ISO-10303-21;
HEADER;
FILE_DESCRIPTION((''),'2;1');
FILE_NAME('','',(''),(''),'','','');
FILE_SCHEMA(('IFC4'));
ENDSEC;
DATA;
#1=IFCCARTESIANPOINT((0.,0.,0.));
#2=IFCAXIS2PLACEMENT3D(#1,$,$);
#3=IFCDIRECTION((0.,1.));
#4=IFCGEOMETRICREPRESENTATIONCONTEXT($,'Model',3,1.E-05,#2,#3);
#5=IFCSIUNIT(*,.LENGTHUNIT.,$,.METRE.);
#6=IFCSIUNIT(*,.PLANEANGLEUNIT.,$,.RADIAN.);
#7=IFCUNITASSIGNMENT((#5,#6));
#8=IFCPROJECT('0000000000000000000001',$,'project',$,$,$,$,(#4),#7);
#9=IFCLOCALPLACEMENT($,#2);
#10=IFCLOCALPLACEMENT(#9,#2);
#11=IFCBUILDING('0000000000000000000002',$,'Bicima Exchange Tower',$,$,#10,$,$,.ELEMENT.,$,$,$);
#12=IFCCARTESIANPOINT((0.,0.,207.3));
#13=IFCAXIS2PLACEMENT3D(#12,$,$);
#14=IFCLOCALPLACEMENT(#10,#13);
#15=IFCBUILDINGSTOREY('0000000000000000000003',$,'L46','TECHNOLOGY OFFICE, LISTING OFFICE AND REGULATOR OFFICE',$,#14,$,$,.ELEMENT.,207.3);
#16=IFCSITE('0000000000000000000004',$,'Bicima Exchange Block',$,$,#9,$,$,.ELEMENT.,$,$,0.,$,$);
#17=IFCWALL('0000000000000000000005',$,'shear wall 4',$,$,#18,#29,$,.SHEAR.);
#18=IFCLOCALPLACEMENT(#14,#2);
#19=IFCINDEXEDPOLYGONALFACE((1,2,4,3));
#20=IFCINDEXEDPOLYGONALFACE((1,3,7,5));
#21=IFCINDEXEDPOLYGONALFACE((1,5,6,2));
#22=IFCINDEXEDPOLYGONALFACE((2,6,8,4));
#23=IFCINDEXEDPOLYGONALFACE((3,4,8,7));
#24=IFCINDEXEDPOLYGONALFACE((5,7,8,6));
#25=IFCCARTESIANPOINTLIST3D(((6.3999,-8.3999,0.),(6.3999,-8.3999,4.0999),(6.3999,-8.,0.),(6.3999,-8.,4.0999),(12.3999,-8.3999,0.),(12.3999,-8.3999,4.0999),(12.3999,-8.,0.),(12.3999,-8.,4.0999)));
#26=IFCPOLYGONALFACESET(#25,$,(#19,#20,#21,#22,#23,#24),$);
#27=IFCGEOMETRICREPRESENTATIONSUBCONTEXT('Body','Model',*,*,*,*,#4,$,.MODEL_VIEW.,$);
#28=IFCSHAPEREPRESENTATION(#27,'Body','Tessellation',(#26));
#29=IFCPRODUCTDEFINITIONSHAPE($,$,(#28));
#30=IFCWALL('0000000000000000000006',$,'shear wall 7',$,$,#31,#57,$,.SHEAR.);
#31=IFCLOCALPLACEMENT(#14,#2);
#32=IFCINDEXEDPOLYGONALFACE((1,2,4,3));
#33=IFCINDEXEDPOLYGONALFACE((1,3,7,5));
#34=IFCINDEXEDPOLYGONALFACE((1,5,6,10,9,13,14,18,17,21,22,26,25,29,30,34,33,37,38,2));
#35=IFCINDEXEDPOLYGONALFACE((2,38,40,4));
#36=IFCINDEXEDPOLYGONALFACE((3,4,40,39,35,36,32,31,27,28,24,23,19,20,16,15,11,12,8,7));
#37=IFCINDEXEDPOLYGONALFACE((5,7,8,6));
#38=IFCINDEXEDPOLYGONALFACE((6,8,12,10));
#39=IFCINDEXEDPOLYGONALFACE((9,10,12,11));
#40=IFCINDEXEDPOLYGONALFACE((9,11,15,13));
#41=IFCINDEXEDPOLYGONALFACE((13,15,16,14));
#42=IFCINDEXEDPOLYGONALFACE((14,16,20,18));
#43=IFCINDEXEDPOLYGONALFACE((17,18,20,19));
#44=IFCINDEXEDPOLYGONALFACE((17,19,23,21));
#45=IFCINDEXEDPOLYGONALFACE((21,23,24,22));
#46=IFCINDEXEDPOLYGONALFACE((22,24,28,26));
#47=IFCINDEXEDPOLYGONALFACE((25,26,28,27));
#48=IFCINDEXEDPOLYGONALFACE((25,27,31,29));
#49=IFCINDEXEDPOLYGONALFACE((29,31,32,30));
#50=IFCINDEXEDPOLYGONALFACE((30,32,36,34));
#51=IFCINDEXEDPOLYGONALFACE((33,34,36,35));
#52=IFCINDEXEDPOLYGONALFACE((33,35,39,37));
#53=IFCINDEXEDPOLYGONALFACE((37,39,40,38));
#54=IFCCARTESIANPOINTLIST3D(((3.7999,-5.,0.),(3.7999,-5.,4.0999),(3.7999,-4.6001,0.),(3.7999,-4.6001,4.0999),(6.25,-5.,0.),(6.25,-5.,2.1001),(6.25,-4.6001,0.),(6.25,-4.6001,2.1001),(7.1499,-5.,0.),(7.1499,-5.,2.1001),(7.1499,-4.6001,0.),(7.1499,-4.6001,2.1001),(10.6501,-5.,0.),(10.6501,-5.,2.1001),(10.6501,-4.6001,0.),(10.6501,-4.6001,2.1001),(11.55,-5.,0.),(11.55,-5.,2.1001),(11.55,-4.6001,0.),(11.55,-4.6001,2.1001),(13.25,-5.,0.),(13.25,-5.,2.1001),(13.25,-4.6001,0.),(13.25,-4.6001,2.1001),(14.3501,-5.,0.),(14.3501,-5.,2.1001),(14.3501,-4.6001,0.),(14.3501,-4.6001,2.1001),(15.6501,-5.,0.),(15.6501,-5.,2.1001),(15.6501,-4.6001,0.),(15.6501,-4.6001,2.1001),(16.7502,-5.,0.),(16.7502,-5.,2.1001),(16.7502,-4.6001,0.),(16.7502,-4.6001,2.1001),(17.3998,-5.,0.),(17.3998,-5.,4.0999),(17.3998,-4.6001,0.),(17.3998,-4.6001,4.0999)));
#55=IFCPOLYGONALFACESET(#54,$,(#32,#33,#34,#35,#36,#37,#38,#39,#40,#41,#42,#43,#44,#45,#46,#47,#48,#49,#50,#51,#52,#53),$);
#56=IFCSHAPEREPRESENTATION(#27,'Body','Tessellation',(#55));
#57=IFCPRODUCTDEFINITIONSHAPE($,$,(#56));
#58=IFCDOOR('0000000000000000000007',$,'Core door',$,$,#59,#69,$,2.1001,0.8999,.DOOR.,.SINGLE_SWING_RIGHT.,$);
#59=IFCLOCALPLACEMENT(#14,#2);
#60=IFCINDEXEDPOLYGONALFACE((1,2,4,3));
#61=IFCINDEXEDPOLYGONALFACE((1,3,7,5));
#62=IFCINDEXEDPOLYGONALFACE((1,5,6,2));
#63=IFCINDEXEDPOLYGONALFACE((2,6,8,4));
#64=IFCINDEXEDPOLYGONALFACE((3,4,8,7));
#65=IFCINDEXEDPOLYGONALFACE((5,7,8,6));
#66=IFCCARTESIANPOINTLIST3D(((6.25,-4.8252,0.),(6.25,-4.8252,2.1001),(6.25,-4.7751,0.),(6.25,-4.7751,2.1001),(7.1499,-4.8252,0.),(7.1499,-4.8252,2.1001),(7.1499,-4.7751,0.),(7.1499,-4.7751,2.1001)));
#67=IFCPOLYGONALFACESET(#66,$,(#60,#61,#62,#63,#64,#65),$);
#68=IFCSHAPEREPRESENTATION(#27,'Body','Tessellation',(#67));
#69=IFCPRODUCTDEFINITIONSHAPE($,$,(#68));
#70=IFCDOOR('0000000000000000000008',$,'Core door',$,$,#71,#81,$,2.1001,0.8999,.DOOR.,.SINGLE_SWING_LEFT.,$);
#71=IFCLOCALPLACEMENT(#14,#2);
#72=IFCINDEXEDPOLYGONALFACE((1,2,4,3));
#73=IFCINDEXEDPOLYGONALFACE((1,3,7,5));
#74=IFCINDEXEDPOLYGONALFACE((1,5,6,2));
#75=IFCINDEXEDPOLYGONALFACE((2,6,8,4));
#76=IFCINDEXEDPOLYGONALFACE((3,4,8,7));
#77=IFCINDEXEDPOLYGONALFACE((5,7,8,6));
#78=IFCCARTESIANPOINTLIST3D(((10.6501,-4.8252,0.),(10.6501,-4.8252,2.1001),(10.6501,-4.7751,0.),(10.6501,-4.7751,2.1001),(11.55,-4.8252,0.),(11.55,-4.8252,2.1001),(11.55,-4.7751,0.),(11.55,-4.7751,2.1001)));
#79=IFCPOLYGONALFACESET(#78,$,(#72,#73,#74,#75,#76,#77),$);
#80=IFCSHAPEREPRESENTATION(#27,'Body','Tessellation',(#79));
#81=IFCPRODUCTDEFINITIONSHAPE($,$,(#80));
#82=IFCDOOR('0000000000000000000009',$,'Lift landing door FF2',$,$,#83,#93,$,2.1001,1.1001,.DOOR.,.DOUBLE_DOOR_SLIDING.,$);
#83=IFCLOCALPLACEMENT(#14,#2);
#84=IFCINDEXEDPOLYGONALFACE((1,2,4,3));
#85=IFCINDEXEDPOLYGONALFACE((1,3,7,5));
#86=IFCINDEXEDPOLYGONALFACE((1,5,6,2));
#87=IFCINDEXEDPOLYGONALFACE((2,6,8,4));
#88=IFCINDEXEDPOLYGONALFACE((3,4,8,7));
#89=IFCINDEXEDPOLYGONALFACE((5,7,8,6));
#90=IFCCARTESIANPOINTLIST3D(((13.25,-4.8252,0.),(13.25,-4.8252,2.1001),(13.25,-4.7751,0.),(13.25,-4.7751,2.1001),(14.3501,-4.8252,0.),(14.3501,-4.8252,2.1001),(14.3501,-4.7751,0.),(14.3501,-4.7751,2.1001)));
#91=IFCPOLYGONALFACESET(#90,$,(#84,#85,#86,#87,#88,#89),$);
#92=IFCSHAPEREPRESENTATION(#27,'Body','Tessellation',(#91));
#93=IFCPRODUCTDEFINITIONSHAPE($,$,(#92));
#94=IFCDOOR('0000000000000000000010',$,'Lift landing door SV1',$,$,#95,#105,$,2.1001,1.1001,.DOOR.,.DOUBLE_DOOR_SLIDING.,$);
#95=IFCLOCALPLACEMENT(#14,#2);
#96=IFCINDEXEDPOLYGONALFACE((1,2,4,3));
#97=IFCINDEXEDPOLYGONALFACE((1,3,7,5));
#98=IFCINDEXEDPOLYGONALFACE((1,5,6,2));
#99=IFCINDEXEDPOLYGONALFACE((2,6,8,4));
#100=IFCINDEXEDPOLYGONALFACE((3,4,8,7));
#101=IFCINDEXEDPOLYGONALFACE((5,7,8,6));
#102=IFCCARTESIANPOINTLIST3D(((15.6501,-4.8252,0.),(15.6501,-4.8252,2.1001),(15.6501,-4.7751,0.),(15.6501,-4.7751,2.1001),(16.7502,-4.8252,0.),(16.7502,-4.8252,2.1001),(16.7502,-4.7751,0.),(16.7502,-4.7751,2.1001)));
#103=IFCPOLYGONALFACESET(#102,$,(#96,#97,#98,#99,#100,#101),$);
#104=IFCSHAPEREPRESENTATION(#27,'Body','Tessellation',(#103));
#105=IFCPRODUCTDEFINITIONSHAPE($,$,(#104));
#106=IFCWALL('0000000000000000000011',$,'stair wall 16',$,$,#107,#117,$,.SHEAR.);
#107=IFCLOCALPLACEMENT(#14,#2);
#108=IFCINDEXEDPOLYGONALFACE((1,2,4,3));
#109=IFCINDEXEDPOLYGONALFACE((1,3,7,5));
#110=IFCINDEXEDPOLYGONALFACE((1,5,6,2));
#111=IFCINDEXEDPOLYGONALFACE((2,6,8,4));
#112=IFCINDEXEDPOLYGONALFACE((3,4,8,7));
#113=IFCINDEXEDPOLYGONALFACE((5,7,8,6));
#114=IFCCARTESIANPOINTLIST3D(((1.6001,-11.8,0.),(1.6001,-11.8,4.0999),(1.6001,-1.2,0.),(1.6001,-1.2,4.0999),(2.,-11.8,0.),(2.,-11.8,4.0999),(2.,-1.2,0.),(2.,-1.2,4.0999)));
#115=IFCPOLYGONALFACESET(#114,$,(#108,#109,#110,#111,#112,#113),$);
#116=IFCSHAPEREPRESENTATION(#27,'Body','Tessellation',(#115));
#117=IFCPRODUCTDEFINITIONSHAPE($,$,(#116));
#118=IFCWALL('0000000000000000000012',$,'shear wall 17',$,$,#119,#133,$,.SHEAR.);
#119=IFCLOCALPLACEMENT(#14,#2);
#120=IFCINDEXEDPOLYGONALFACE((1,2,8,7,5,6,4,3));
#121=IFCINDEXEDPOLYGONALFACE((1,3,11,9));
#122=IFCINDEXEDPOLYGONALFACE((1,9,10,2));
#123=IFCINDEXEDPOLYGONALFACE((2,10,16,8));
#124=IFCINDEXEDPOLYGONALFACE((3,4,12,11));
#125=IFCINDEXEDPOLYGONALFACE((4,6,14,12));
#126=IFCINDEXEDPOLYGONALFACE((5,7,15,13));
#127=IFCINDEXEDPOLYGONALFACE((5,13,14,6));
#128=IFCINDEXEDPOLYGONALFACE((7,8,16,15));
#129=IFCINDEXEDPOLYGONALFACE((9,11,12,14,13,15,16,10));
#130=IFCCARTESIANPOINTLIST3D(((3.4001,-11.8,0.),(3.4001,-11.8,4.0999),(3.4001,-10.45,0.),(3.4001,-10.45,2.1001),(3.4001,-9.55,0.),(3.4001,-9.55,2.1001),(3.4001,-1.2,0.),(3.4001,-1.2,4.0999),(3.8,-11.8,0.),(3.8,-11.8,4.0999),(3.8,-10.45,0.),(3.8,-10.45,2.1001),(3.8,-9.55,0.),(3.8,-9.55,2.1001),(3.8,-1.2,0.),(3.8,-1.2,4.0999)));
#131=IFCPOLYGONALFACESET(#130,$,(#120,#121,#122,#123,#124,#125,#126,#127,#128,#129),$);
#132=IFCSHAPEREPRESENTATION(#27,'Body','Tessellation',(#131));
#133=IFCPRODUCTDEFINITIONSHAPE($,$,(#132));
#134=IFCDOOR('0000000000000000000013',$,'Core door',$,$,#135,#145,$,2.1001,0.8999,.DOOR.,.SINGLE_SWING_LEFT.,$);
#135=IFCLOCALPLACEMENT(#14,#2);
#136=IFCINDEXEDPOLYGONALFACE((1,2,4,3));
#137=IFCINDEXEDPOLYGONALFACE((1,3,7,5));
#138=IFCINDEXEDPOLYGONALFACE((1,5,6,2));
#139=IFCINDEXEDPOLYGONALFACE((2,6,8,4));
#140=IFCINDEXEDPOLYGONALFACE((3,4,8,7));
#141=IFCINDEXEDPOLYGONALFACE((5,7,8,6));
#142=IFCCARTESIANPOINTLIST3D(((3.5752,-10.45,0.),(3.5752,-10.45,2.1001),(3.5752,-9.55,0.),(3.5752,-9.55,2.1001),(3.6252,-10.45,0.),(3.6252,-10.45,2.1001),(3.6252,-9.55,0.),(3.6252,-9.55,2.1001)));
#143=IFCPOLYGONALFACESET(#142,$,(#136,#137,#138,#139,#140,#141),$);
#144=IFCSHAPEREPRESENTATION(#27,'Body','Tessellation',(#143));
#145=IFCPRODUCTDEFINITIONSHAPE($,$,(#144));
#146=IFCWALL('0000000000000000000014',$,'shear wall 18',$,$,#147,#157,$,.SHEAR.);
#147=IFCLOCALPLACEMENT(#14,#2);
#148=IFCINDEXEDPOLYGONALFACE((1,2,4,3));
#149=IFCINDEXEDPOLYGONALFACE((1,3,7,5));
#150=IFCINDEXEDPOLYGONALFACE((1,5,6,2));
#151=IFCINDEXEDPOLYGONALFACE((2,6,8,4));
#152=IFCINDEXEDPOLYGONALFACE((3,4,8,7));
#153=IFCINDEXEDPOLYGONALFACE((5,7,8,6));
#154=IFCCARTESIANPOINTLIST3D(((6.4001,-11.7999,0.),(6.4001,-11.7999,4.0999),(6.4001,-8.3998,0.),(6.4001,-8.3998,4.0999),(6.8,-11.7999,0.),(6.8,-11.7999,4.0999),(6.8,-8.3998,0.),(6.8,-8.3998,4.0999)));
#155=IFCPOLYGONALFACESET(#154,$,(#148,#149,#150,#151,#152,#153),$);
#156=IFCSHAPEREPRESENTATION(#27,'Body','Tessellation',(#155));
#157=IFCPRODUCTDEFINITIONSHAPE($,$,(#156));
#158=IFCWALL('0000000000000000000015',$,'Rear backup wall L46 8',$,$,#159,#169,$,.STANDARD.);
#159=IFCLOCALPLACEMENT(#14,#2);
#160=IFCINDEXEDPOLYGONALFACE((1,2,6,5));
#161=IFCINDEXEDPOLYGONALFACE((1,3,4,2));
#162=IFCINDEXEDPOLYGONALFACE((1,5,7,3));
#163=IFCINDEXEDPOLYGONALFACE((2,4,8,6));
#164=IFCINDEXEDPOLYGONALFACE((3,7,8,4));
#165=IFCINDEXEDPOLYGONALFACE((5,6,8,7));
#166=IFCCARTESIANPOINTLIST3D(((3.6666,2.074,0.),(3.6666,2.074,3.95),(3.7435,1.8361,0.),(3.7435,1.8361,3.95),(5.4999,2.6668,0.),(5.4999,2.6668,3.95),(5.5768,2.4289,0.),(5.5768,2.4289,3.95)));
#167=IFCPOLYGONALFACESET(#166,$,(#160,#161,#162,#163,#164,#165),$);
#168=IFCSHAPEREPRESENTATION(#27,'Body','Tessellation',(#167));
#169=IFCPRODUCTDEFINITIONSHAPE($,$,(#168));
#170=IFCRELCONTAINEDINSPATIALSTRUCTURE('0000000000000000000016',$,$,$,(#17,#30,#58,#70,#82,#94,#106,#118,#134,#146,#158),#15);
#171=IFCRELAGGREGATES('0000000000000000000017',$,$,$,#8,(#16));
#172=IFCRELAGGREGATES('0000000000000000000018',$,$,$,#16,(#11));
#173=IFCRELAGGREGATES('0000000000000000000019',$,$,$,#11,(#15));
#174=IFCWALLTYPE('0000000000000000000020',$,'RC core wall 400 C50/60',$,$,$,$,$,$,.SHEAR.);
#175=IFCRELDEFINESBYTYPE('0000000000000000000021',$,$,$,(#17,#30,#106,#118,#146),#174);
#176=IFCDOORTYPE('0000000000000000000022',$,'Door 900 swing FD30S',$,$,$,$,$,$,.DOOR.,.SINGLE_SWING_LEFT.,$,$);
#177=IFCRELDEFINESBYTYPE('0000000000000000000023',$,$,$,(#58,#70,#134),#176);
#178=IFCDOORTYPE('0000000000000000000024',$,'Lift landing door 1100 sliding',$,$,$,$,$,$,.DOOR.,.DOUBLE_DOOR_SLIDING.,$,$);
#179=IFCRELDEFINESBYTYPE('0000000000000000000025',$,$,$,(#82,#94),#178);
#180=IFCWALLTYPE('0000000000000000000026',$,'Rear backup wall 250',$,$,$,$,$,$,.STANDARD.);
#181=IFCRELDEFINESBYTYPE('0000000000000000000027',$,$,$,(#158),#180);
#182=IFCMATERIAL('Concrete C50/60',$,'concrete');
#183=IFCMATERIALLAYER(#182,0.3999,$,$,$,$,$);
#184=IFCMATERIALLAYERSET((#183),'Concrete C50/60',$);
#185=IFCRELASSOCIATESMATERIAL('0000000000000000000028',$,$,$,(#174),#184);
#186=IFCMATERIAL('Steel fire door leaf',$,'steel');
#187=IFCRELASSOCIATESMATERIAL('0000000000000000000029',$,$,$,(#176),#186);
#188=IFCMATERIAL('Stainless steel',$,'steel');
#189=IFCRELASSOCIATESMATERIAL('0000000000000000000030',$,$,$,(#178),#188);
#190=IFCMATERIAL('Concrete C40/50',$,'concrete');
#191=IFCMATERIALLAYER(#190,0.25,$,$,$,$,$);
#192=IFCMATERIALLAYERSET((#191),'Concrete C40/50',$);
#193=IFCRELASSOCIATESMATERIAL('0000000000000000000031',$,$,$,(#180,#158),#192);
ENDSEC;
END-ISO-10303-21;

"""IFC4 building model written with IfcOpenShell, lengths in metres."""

from ifc_helpers import new_model, si_unit, direction, frame, frame_2d, origin, place, context, subcontext, project, spatial, rectangle, extrude, material, layer, layer_set, layer_usage, type_object, element, fill, save


model = new_model("IFC4")

# Units and contexts
model_context = context("Model", 3, precision=1e-05, world=origin(), true_north=direction((0.0, 1.0)))
body_context = subcontext(model_context, "Body", "Model", "MODEL_VIEW")
ifc_project = project(units=[si_unit("LENGTHUNIT", "METRE"), si_unit("PLANEANGLEUNIT", "RADIAN")], contexts=[model_context])

# Site, building, storey
site_placement = place(None, origin())
site = spatial("IfcSite", under=ifc_project, at=site_placement, Name="Bicima Exchange Block", CompositionType="ELEMENT", RefElevation=0.0)
building_placement = place(site_placement, origin())
building = spatial("IfcBuilding", under=site, at=building_placement, Name="Bicima Exchange Tower", CompositionType="ELEMENT")
storey_placement = place(building_placement, frame((0.0, 0.0, 207.3)))
storey = spatial("IfcBuildingStorey", under=building, at=storey_placement, Name="L46", Description="TECHNOLOGY OFFICE, LISTING OFFICE AND REGULATOR OFFICE", CompositionType="ELEMENT", Elevation=207.3)

# Shared definitions
ifc_material_1 = material(Name="Concrete C40/50", Category="concrete")

# Shared definitions
ifc_material_2 = material(Name="Concrete C50/60", Category="concrete")

# Wall
ifc_layer_1 = layer(ifc_material_2, 0.3999)
ifc_layer_set_1 = layer_set([ifc_layer_1], Name="Concrete C50/60")
wall_type_1 = type_object("IfcWallType", Name="RC core wall 400 C50/60", PredefinedType="SHEAR", material=ifc_layer_set_1)
wall_1_placement = place(storey_placement, frame((6.3999, -8.2, 0.0), z_axis=(0.0, 0.0, 1.0), x_axis=(1.0, 0.0, 0.0)))
element("IfcWall", 1, at=wall_1_placement, inside=storey, type_object=wall_type_1, Name="shear wall 4", PredefinedType="SHEAR", context=body_context, shape_type="SweptSolid", body=[
    extrude(rectangle(XDim=6.0, YDim=0.3999, at=frame_2d((3.0, 0.0))), origin(), (0.0, 0.0, 1.0), 4.0999),
])

# Wall, openings, doors
wall_2_placement = place(storey_placement, frame((3.8, -4.8, 0.0), z_axis=(0.0, 0.0, 1.0), x_axis=(1.0, 0.0, 0.0)))
wall_2 = element("IfcWall", 2, at=wall_2_placement, inside=storey, type_object=wall_type_1, Name="shear wall 7", PredefinedType="SHEAR", context=body_context, shape_type="SweptSolid", body=[
    extrude(rectangle(XDim=13.5999, YDim=0.3999, at=frame_2d((6.7998, 0.0))), origin(), (0.0, 0.0, 1.0), 4.0999),
])
opening_1_placement = place(wall_2_placement, frame((9.45, 0.0, 0.0)))
opening_1 = element("IfcOpeningElement", 3, at=opening_1_placement, cuts=wall_2, PredefinedType="OPENING", context=body_context, shape_type="SweptSolid", body=[
    extrude(rectangle(XDim=1.1001, YDim=2.1001, at=frame_2d((0.55, 1.05))), frame((0.0, 0.2119, 0.0), z_axis=(0.0, -1.0, 0.0), x_axis=(1.0, 0.0, 0.0)), (0.0, 0.0, 1.0), 0.4238),
])
opening_2_placement = place(wall_2_placement, frame((11.8501, 0.0, 0.0)))
opening_2 = element("IfcOpeningElement", 4, at=opening_2_placement, cuts=wall_2, PredefinedType="OPENING", context=body_context, shape_type="SweptSolid", body=[
    extrude(rectangle(XDim=1.1001, YDim=2.1001, at=frame_2d((0.55, 1.05))), frame((0.0, 0.2119, 0.0), z_axis=(0.0, -1.0, 0.0), x_axis=(1.0, 0.0, 0.0)), (0.0, 0.0, 1.0), 0.4238),
])
opening_3_placement = place(wall_2_placement, frame((2.45, 0.0, 0.0)))
opening_3 = element("IfcOpeningElement", 5, at=opening_3_placement, cuts=wall_2, PredefinedType="OPENING", context=body_context, shape_type="SweptSolid", body=[
    extrude(rectangle(XDim=0.8999, YDim=2.1001, at=frame_2d((0.45, 1.05))), frame((0.0, 0.2119, 0.0), z_axis=(0.0, -1.0, 0.0), x_axis=(1.0, 0.0, 0.0)), (0.0, 0.0, 1.0), 0.4238),
])
opening_4_placement = place(wall_2_placement, frame((6.8501, 0.0, 0.0)))
opening_4 = element("IfcOpeningElement", 6, at=opening_4_placement, cuts=wall_2, PredefinedType="OPENING", context=body_context, shape_type="SweptSolid", body=[
    extrude(rectangle(XDim=0.8999, YDim=2.1001, at=frame_2d((0.45, 1.05))), frame((0.0, 0.2119, 0.0), z_axis=(0.0, -1.0, 0.0), x_axis=(1.0, 0.0, 0.0)), (0.0, 0.0, 1.0), 0.4238),
])
ifc_material_3 = material(Name="Steel fire door leaf", Category="steel")
door_type_1 = type_object("IfcDoorType", Name="Door 900 swing FD30S", OperationType="SINGLE_SWING_LEFT", PredefinedType="DOOR", material=ifc_material_3)
door_1_placement = place(opening_3_placement, origin())
door_1 = element("IfcDoor", 7, at=door_1_placement, inside=storey, type_object=door_type_1, Name="Core door", OperationType="SINGLE_SWING_RIGHT", OverallHeight=2.1001, OverallWidth=0.8999, PredefinedType="DOOR", context=body_context, shape_type="SweptSolid", body=[
    extrude(rectangle(XDim=0.8999, YDim=2.1001, at=frame_2d((0.45, 1.05))), frame((0.0, 0.0249, 0.0), z_axis=(0.0, -1.0, 0.0), x_axis=(1.0, 0.0, 0.0)), (0.0, 0.0, 1.0), 0.05),
])
fill(opening_3, door_1)
door_2_placement = place(opening_4_placement, origin())
door_2 = element("IfcDoor", 8, at=door_2_placement, inside=storey, type_object=door_type_1, Name="Core door", OperationType="SINGLE_SWING_LEFT", OverallHeight=2.1001, OverallWidth=0.8999, PredefinedType="DOOR", context=body_context, shape_type="SweptSolid", body=[
    extrude(rectangle(XDim=0.8999, YDim=2.1001, at=frame_2d((0.45, 1.05))), frame((0.0, 0.0249, 0.0), z_axis=(0.0, -1.0, 0.0), x_axis=(1.0, 0.0, 0.0)), (0.0, 0.0, 1.0), 0.05),
])
fill(opening_4, door_2)
ifc_material_4 = material(Name="Stainless steel", Category="steel")
door_type_2 = type_object("IfcDoorType", Name="Lift landing door 1100 sliding", OperationType="DOUBLE_DOOR_SLIDING", PredefinedType="DOOR", material=ifc_material_4)
door_3_placement = place(opening_1_placement, origin())
door_3 = element("IfcDoor", 9, at=door_3_placement, inside=storey, type_object=door_type_2, Name="Lift landing door FF2", OperationType="DOUBLE_DOOR_SLIDING", OverallHeight=2.1001, OverallWidth=1.1001, PredefinedType="DOOR", context=body_context, shape_type="SweptSolid", body=[
    extrude(rectangle(XDim=1.1001, YDim=2.1001, at=frame_2d((0.55, 1.05))), frame((0.0, 0.0249, 0.0), z_axis=(0.0, -1.0, 0.0), x_axis=(1.0, 0.0, 0.0)), (0.0, 0.0, 1.0), 0.05),
])
fill(opening_1, door_3)
door_4_placement = place(opening_2_placement, origin())
door_4 = element("IfcDoor", 10, at=door_4_placement, inside=storey, type_object=door_type_2, Name="Lift landing door SV1", OperationType="DOUBLE_DOOR_SLIDING", OverallHeight=2.1001, OverallWidth=1.1001, PredefinedType="DOOR", context=body_context, shape_type="SweptSolid", body=[
    extrude(rectangle(XDim=1.1001, YDim=2.1001, at=frame_2d((0.55, 1.05))), frame((0.0, 0.0249, 0.0), z_axis=(0.0, -1.0, 0.0), x_axis=(1.0, 0.0, 0.0)), (0.0, 0.0, 1.0), 0.05),
])
fill(opening_2, door_4)

# Wall
wall_3_placement = place(storey_placement, frame((1.8, -11.8, 0.0), z_axis=(0.0, 0.0, 1.0), x_axis=(0.0, 1.0, 0.0)))
element("IfcWall", 11, at=wall_3_placement, inside=storey, type_object=wall_type_1, Name="stair wall 16", PredefinedType="SHEAR", context=body_context, shape_type="SweptSolid", body=[
    extrude(rectangle(XDim=10.6001, YDim=0.3999, at=frame_2d((5.3, 0.0))), origin(), (0.0, 0.0, 1.0), 4.0999),
])

# Wall, opening, door
wall_4_placement = place(storey_placement, frame((3.6001, -11.8, 0.0), z_axis=(0.0, 0.0, 1.0), x_axis=(0.0, 1.0, 0.0)))
wall_4 = element("IfcWall", 12, at=wall_4_placement, inside=storey, type_object=wall_type_1, Name="shear wall 17", PredefinedType="SHEAR", context=body_context, shape_type="SweptSolid", body=[
    extrude(rectangle(XDim=10.6001, YDim=0.3999, at=frame_2d((5.3, 0.0))), origin(), (0.0, 0.0, 1.0), 4.0999),
])
opening_5_placement = place(wall_4_placement, frame((1.3501, 0.0, 0.0)))
opening_5 = element("IfcOpeningElement", 13, at=opening_5_placement, cuts=wall_4, PredefinedType="OPENING", context=body_context, shape_type="SweptSolid", body=[
    extrude(rectangle(XDim=0.8999, YDim=2.1001, at=frame_2d((0.45, 1.05))), frame((0.0, 0.2119, 0.0), z_axis=(0.0, -1.0, 0.0), x_axis=(1.0, 0.0, 0.0)), (0.0, 0.0, 1.0), 0.4238),
])
door_5_placement = place(opening_5_placement, origin())
door_5 = element("IfcDoor", 14, at=door_5_placement, inside=storey, type_object=door_type_1, Name="Core door", OperationType="SINGLE_SWING_LEFT", OverallHeight=2.1001, OverallWidth=0.8999, PredefinedType="DOOR", context=body_context, shape_type="SweptSolid", body=[
    extrude(rectangle(XDim=0.8999, YDim=2.1001, at=frame_2d((0.45, 1.05))), frame((0.0, 0.0249, 0.0), z_axis=(0.0, -1.0, 0.0), x_axis=(1.0, 0.0, 0.0)), (0.0, 0.0, 1.0), 0.05),
])
fill(opening_5, door_5)

# Walls
wall_5_placement = place(storey_placement, frame((6.6001, -11.8, 0.0), z_axis=(0.0, 0.0, 1.0), x_axis=(0.0, 1.0, 0.0)))
element("IfcWall", 15, at=wall_5_placement, inside=storey, type_object=wall_type_1, Name="shear wall 18", PredefinedType="SHEAR", context=body_context, shape_type="SweptSolid", body=[
    extrude(rectangle(XDim=3.4001, YDim=0.3999, at=frame_2d((1.7002, 0.0))), origin(), (0.0, 0.0, 1.0), 4.0999),
])
ifc_layer_2 = layer(ifc_material_1, 0.25)
ifc_layer_set_2 = layer_set([ifc_layer_2], Name="Concrete C40/50")
ifc_layer_usage = layer_usage(ifc_layer_set_2, "AXIS2", "POSITIVE", -0.125)
wall_type_2 = type_object("IfcWallType", Name="Rear backup wall 250", PredefinedType="STANDARD", material=ifc_layer_set_2)
wall_6_placement = place(storey_placement, frame((5.5383, 2.5479, 0.0), z_axis=(0.0, 0.0, 1.0), x_axis=(-0.951496, -0.307662, 0.0)))
element("IfcWall", 16, at=wall_6_placement, inside=storey, type_object=wall_type_2, material=ifc_layer_usage, Name="Rear backup wall L46 8", PredefinedType="STANDARD", context=body_context, shape_type="SweptSolid", body=[
    extrude(rectangle(XDim=1.9268, YDim=0.25, at=frame_2d((0.9634, 0.0))), origin(), (0.0, 0.0, 1.0), 3.95),
])

save(model, "model.ifc")
